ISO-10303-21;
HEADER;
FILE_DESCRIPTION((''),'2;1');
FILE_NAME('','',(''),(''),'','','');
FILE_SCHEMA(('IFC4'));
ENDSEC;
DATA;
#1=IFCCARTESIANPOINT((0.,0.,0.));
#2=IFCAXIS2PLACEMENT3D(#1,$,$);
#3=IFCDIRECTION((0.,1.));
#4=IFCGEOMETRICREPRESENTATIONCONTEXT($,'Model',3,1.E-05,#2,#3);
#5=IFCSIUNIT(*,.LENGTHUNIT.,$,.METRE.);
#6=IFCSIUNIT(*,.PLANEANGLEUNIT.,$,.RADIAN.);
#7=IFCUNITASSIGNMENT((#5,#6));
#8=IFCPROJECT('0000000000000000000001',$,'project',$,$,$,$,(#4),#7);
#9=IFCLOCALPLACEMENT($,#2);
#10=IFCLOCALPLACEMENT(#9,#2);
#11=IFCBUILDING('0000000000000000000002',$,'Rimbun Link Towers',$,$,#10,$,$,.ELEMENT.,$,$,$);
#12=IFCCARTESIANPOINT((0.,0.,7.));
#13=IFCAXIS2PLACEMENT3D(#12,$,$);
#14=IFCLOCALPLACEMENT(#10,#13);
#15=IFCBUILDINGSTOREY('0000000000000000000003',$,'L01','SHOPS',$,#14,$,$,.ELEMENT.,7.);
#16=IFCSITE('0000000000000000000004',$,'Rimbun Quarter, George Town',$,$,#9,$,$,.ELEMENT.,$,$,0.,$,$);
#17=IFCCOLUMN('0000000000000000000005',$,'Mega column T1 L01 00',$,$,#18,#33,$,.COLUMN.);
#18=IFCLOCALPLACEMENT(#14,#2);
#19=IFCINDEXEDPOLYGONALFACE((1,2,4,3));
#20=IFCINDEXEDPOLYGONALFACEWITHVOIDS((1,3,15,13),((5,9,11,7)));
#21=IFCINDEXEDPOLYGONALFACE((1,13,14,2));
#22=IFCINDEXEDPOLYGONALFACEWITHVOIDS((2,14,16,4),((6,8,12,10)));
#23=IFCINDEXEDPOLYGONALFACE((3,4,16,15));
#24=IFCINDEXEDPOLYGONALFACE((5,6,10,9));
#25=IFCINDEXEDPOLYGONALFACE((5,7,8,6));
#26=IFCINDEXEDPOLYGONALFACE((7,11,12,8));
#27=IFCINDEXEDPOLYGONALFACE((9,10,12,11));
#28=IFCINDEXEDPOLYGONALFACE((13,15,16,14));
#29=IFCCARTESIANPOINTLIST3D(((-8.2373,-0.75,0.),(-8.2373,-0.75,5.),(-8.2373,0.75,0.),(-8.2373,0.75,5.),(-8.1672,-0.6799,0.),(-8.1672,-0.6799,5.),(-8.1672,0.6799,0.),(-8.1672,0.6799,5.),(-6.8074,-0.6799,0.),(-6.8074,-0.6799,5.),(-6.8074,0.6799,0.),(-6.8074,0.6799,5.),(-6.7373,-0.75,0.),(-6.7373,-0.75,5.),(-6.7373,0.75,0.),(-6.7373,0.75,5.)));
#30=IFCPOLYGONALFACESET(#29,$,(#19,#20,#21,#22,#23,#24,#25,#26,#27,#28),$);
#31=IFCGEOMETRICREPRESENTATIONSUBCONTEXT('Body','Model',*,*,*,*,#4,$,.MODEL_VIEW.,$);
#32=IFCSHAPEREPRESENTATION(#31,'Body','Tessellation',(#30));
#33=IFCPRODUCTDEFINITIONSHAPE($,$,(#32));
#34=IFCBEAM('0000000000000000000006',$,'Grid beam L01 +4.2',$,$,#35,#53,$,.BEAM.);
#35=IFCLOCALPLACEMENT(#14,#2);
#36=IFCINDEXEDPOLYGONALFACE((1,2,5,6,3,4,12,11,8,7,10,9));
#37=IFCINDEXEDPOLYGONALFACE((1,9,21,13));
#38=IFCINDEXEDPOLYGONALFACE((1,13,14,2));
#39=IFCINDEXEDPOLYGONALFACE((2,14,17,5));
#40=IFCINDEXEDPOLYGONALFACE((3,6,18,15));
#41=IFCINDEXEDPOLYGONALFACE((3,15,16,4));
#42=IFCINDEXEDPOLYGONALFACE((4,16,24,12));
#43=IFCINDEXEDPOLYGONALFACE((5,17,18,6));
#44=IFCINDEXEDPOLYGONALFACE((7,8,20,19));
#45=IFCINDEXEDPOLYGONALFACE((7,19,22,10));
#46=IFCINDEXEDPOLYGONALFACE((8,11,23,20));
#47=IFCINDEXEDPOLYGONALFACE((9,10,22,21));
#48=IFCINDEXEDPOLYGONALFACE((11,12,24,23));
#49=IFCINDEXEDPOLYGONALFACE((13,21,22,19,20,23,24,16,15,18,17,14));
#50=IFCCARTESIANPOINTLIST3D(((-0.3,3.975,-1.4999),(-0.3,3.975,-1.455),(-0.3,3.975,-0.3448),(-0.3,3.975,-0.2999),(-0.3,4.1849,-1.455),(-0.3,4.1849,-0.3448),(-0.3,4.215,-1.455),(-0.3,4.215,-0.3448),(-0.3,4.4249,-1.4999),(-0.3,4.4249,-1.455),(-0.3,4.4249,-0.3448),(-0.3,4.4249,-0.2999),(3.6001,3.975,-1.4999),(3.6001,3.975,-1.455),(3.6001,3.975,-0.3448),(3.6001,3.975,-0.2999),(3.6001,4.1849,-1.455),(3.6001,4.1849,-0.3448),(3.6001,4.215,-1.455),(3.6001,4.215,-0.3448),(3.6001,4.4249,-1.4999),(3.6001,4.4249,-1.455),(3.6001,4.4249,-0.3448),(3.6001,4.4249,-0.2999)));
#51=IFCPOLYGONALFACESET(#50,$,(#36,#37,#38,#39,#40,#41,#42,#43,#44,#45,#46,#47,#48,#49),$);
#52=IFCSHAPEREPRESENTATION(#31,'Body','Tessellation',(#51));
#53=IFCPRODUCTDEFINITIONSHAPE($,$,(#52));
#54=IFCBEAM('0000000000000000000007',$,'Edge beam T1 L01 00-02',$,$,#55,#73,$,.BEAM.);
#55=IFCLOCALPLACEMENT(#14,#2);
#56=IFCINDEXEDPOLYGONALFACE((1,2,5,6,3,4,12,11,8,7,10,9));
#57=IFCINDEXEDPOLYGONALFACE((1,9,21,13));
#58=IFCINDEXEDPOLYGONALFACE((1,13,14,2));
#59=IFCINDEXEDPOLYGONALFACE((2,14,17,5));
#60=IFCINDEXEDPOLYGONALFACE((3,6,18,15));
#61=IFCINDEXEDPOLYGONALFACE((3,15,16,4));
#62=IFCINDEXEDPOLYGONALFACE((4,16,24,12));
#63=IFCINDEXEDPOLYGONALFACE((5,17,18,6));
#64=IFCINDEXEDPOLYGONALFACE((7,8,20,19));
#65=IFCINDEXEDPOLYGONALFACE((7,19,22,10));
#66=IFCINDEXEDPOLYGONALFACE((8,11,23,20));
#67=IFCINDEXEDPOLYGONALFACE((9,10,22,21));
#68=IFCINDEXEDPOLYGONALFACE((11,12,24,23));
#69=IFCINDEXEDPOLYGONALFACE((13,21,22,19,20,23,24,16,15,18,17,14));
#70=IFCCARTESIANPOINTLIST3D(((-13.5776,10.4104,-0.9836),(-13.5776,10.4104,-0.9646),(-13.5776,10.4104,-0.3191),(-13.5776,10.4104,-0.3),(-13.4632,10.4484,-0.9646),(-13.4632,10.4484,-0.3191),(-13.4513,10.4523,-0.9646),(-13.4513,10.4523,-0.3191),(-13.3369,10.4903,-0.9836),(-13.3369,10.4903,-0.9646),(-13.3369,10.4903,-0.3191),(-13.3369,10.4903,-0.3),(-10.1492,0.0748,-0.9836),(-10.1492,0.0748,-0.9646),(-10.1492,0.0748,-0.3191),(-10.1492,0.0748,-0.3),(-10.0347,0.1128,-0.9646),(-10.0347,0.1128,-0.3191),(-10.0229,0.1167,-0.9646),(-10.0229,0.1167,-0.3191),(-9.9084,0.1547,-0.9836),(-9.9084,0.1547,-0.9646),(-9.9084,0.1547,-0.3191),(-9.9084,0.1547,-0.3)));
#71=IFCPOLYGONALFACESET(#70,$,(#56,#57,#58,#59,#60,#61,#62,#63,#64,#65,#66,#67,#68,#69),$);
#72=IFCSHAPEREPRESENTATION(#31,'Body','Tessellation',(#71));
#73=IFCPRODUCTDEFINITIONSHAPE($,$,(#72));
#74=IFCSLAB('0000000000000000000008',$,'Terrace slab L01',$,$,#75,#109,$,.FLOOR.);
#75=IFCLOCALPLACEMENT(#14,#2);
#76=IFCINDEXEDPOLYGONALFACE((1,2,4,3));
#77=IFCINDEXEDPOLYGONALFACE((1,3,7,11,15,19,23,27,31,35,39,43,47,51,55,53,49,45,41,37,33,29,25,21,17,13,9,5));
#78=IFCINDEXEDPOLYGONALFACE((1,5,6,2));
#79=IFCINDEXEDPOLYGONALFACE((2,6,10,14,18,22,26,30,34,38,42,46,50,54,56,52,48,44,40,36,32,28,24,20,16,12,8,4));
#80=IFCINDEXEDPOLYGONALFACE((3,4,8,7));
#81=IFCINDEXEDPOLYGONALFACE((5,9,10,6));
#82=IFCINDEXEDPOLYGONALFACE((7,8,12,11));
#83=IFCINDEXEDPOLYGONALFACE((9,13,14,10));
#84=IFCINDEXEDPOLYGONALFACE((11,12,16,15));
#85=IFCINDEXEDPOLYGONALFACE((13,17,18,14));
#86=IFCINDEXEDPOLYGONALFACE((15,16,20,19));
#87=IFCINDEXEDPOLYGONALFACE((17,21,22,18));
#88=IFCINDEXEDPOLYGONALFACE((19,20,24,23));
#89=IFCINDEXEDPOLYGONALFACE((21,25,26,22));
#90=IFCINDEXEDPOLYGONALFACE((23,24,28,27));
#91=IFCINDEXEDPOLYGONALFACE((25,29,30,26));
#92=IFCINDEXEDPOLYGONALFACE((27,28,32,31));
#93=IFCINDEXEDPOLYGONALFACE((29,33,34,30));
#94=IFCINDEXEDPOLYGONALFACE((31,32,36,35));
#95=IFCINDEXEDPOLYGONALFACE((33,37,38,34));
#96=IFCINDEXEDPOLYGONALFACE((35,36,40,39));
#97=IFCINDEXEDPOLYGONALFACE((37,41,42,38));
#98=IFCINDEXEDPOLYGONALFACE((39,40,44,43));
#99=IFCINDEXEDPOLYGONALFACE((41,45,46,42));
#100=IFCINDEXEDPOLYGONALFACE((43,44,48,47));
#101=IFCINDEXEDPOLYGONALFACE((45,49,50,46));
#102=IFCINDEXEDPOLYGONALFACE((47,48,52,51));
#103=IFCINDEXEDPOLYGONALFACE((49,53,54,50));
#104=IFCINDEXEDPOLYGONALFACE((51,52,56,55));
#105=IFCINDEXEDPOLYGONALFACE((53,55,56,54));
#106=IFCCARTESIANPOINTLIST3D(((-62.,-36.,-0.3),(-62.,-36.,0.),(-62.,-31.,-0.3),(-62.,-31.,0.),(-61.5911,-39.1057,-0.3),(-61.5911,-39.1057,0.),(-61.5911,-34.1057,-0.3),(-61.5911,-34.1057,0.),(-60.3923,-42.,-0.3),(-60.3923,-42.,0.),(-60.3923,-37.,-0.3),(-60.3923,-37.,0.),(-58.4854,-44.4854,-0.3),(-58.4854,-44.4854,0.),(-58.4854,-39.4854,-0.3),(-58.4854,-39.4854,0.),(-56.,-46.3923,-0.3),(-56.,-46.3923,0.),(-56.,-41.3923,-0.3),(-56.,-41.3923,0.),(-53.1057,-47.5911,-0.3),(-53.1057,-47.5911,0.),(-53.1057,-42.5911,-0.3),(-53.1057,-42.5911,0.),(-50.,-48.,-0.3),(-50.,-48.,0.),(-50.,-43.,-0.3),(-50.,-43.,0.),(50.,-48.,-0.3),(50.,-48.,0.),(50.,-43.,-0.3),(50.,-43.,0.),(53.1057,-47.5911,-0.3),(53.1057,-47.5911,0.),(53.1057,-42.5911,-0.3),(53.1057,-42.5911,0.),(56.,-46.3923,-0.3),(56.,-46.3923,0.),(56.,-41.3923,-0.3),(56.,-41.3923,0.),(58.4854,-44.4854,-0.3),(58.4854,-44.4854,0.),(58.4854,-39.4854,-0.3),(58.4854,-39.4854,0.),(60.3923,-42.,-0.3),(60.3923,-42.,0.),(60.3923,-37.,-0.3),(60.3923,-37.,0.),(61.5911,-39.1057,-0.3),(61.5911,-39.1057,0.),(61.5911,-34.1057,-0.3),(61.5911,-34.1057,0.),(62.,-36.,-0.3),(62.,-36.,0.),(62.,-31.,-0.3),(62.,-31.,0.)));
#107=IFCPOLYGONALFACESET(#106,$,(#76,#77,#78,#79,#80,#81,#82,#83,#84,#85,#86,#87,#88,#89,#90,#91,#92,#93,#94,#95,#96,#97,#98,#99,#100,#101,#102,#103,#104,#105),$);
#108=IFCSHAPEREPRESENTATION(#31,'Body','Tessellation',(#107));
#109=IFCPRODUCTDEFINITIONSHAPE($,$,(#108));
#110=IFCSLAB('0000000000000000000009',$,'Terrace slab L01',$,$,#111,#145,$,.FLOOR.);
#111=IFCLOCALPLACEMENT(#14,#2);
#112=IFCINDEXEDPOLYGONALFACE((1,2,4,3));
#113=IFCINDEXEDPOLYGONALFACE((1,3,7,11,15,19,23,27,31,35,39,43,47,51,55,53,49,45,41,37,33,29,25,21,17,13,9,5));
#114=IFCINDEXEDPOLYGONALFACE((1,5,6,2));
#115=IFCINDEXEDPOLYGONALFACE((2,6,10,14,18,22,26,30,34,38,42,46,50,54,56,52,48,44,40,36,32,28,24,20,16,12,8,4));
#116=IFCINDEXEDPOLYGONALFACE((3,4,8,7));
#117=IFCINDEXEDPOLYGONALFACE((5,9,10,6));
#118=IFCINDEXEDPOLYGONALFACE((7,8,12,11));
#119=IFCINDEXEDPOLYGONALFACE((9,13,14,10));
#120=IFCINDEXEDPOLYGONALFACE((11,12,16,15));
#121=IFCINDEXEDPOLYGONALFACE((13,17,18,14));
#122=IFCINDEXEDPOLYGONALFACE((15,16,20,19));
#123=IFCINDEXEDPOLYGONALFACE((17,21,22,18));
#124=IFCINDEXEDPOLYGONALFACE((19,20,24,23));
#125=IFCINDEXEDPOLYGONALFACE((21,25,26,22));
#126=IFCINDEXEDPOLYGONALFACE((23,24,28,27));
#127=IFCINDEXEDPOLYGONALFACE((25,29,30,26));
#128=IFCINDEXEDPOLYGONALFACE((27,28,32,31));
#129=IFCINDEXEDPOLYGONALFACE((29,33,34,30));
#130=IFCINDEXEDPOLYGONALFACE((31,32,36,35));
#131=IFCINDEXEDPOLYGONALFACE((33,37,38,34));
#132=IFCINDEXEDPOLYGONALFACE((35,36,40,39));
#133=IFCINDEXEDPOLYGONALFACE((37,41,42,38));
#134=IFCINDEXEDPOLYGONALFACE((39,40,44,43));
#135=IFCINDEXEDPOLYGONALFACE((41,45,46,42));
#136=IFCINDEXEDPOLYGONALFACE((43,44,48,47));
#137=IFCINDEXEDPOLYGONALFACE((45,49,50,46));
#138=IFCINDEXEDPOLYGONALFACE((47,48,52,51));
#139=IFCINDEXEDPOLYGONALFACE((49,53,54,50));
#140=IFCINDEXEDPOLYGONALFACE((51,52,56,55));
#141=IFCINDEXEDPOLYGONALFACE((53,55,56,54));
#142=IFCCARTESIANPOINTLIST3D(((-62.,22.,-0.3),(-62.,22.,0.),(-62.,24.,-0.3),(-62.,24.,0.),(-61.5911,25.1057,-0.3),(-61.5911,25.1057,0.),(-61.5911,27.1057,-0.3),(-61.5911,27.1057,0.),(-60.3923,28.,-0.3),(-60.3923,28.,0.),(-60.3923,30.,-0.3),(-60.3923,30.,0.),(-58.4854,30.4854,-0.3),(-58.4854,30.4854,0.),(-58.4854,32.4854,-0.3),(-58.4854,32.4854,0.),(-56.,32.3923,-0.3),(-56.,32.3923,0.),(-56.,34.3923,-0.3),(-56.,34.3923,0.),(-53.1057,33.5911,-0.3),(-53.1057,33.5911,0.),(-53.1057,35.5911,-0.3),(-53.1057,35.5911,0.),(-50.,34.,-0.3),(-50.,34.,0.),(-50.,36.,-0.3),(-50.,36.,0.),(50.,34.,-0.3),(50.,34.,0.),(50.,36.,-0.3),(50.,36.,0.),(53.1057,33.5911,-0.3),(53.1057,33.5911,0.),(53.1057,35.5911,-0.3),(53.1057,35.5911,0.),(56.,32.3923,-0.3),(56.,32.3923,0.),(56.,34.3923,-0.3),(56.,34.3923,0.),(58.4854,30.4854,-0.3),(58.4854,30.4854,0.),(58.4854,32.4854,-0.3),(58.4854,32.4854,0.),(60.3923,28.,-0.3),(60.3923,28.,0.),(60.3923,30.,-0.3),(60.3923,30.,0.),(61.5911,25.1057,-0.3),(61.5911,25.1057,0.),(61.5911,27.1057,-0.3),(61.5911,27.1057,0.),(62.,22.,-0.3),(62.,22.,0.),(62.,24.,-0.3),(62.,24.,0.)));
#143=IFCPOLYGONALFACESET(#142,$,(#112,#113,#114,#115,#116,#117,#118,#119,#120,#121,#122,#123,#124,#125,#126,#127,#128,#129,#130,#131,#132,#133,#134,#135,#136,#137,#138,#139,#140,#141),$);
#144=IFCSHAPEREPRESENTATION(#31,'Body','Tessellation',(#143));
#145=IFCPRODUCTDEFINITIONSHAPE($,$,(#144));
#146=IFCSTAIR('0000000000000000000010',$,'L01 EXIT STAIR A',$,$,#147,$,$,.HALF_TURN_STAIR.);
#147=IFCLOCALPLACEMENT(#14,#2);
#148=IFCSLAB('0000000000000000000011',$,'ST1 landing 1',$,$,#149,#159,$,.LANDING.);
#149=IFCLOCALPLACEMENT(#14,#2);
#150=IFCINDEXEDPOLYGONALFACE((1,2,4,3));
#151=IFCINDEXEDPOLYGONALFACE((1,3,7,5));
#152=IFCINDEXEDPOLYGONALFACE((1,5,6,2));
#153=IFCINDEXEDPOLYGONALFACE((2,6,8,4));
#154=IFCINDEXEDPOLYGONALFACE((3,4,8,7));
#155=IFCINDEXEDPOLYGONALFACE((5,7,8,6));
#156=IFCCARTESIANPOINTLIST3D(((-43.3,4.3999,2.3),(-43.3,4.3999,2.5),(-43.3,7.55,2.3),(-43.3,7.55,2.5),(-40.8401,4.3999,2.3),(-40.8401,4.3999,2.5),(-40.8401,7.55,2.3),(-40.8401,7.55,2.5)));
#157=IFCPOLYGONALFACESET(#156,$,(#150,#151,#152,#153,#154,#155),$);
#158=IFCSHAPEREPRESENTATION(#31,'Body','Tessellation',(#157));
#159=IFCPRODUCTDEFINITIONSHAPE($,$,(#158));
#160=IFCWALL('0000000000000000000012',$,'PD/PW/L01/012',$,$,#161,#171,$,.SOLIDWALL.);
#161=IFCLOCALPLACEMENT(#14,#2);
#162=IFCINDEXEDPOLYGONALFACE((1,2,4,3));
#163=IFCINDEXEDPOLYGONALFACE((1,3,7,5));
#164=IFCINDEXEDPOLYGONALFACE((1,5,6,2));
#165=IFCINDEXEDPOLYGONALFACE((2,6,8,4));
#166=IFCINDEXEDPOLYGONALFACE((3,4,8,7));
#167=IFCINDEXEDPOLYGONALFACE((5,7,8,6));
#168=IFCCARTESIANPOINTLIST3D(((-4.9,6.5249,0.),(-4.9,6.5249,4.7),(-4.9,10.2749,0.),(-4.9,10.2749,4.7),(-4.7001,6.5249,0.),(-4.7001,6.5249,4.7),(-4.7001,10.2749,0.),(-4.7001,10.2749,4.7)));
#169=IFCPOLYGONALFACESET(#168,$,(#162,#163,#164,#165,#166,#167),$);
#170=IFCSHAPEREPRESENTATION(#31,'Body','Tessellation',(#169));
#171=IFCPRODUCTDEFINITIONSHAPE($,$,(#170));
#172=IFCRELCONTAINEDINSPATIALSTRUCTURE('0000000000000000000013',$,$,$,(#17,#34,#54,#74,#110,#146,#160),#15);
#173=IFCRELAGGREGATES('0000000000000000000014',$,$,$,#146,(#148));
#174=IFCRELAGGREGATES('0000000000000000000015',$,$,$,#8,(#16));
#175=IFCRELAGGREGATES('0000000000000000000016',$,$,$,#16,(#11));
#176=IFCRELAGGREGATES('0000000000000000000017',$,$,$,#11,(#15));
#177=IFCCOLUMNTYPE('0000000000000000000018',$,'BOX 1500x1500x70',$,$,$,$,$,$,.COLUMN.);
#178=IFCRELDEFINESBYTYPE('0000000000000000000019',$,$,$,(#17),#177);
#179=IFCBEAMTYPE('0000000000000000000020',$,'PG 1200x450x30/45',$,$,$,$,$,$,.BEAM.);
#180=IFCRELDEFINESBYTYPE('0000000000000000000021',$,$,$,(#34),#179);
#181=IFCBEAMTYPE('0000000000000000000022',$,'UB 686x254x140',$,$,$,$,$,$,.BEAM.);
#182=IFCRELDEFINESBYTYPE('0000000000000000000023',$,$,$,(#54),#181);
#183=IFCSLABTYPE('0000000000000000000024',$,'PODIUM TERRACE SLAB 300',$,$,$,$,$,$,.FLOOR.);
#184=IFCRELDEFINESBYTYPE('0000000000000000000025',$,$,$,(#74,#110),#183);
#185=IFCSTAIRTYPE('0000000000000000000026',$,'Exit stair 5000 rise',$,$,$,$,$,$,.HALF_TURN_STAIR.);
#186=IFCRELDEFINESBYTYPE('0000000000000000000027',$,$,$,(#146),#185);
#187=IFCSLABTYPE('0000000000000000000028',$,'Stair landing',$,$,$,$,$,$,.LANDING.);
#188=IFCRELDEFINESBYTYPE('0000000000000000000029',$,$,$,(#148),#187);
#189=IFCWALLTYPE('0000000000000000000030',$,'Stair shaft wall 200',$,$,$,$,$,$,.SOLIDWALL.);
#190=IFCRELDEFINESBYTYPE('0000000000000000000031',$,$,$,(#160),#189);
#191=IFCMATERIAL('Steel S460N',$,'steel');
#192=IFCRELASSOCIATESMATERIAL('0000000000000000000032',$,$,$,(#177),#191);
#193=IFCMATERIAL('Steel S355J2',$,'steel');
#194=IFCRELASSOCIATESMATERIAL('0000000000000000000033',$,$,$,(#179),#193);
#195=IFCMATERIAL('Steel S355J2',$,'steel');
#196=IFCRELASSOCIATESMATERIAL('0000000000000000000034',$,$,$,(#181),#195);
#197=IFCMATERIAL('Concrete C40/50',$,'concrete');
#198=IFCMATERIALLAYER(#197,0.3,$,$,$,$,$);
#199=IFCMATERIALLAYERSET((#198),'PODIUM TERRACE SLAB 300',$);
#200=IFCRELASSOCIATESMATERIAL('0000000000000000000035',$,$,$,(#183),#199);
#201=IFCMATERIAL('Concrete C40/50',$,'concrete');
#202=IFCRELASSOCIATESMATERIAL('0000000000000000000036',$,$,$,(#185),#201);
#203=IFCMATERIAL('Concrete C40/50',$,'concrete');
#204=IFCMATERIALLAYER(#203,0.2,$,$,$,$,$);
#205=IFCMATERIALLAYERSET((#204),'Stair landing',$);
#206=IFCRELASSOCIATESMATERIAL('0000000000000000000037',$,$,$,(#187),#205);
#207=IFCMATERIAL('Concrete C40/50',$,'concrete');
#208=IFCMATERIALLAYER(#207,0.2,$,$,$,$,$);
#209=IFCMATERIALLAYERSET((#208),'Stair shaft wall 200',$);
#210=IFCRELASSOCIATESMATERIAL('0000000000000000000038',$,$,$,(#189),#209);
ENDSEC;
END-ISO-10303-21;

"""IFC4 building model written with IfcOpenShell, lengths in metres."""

from ifc_helpers import new_model, si_unit, direction, frame, frame_2d, origin, origin_2d, place, context, subcontext, project, spatial, polyline, rectangle, hollow_rectangle, i_section, outline, extrude, material, layer, layer_set, material_profile, profile_set, type_object, element, aggregate, save


model = new_model("IFC4")

# Units and contexts
model_context = context("Model", 3, precision=1e-05, world=origin(), true_north=direction((0.0, 1.0)))
body_context = subcontext(model_context, "Body", "Model", "MODEL_VIEW")
ifc_project = project(units=[si_unit("LENGTHUNIT", "METRE"), si_unit("PLANEANGLEUNIT", "RADIAN")], contexts=[model_context])

# Site, building, storey
site_placement = place(None, origin())
site = spatial("IfcSite", under=ifc_project, at=site_placement, Name="Rimbun Quarter, George Town", CompositionType="ELEMENT", RefElevation=0.0)
building_placement = place(site_placement, origin())
building = spatial("IfcBuilding", under=site, at=building_placement, Name="Rimbun Link Towers", CompositionType="ELEMENT")
storey_placement = place(building_placement, frame((0.0, 0.0, 7.0)))
storey = spatial("IfcBuildingStorey", under=building, at=storey_placement, Name="L01", Description="SHOPS", CompositionType="ELEMENT", Elevation=7.0)

# Column
ifc_material_1 = material(Name="Steel S460N", Category="steel")
ifc_material_profile_1 = material_profile(ifc_material_1, hollow_rectangle(XDim=1.5, YDim=1.5, WallThickness=0.0701, at=origin_2d()), Name="BOX 1500x1500x70")
ifc_profile_set_1 = profile_set([ifc_material_profile_1], Name="Steel S460N")
column_type = type_object("IfcColumnType", Name="BOX 1500x1500x70", PredefinedType="COLUMN", material=ifc_profile_set_1)
column_placement = place(storey_placement, frame((-7.4873, 0.0, 0.0), z_axis=(0.0, 0.0, 1.0), x_axis=(1.0, 0.0, 0.0)))
element("IfcColumn", 1, at=column_placement, inside=storey, type_object=column_type, Name="Mega column T1 L01 00", PredefinedType="COLUMN", context=body_context, shape_type="SweptSolid", body=[
    extrude(hollow_rectangle(XDim=1.5, YDim=1.5, WallThickness=0.0701, at=origin_2d()), origin(), (0.0, 0.0, 1.0), 5.0),
])

# Beams
ifc_material_2 = material(Name="Steel S355J2", Category="steel")
ifc_material_profile_2 = material_profile(ifc_material_2, i_section(OverallWidth=0.45, OverallDepth=1.2, WebThickness=0.03, FlangeThickness=0.0449, at=origin_2d()), Name="PG 1200x450x30/45")
ifc_profile_set_2 = profile_set([ifc_material_profile_2], Name="Steel S355J2")
beam_type_1 = type_object("IfcBeamType", Name="PG 1200x450x30/45", PredefinedType="BEAM", material=ifc_profile_set_2)
beam_1_placement = place(storey_placement, frame((-0.3, 4.2, -0.8999), z_axis=(1.0, 0.0, 0.0), x_axis=(0.0, 1.0, 0.0)))
element("IfcBeam", 2, at=beam_1_placement, inside=storey, type_object=beam_type_1, Name="Grid beam L01 +4.2", PredefinedType="BEAM", context=body_context, shape_type="SweptSolid", body=[
    extrude(i_section(OverallWidth=0.45, OverallDepth=1.2, WebThickness=0.03, FlangeThickness=0.0449, at=origin_2d()), origin(), (0.0, 0.0, 1.0), 3.9001),
])
ifc_material_3 = material(Name="Steel S355J2", Category="steel")
ifc_material_profile_3 = material_profile(ifc_material_3, i_section(OverallWidth=0.2537, OverallDepth=0.6836, WebThickness=0.0125, FlangeThickness=0.019, at=origin_2d()), Name="UB 686x254x140")
ifc_profile_set_3 = profile_set([ifc_material_profile_3], Name="Steel S355J2")
beam_type_2 = type_object("IfcBeamType", Name="UB 686x254x140", PredefinedType="BEAM", material=ifc_profile_set_3)
beam_2_placement = place(storey_placement, frame((-10.0288, 0.1147, -0.6418), z_axis=(-0.314842, 0.949144, 0.0), x_axis=(-0.949144, -0.314842, 0.0)))
element("IfcBeam", 3, at=beam_2_placement, inside=storey, type_object=beam_type_2, Name="Edge beam T1 L01 00-02", PredefinedType="BEAM", context=body_context, shape_type="SweptSolid", body=[
    extrude(i_section(OverallWidth=0.2537, OverallDepth=0.6836, WebThickness=0.0125, FlangeThickness=0.019, at=origin_2d()), origin(), (0.0, 0.0, 1.0), 10.8894),
])

# Slabs
ifc_material_4 = material(Name="Concrete C40/50", Category="concrete")
ifc_layer_1 = layer(ifc_material_4, 0.3)
ifc_layer_set_1 = layer_set([ifc_layer_1], Name="PODIUM TERRACE SLAB 300")
slab_type_1 = type_object("IfcSlabType", Name="PODIUM TERRACE SLAB 300", PredefinedType="FLOOR", material=ifc_layer_set_1)
slab_1_placement = place(storey_placement, frame((0.0, 0.0, -0.3)))
element("IfcSlab", 4, at=slab_1_placement, inside=storey, type_object=slab_type_1, Name="Terrace slab L01", PredefinedType="FLOOR", context=body_context, shape_type="SweptSolid", body=[
    extrude(outline(polyline([(61.5911, -39.1057), (60.3923, -42.0), (58.4854, -44.4854), (56.0, -46.3923), (53.1057, -47.5911), (50.0, -48.0), (-50.0, -48.0), (-53.1057, -47.5911), (-56.0, -46.3923), (-58.4854, -44.4854), (-60.3923, -42.0), (-61.5911, -39.1057), (-62.0, -36.0), (-62.0, -31.0), (-61.5911, -34.1057), (-60.3923, -37.0), (-58.4854, -39.4854), (-56.0, -41.3923), (-53.1057, -42.5911), (-50.0, -43.0), (50.0, -43.0), (53.1057, -42.5911), (56.0, -41.3923), (58.4854, -39.4854), (60.3923, -37.0), (61.5911, -34.1057), (62.0, -31.0), (62.0, -36.0), (61.5911, -39.1057)])), origin(), (0.0, 0.0, 1.0), 0.3),
])
slab_2_placement = place(storey_placement, frame((0.0, 0.0, -0.3)))
element("IfcSlab", 5, at=slab_2_placement, inside=storey, type_object=slab_type_1, Name="Terrace slab L01", PredefinedType="FLOOR", context=body_context, shape_type="SweptSolid", body=[
    extrude(outline(polyline([(-61.5911, 27.1057), (-60.3923, 30.0), (-58.4854, 32.4854), (-56.0, 34.3923), (-53.1057, 35.5911), (-50.0, 36.0), (50.0, 36.0), (53.1057, 35.5911), (56.0, 34.3923), (58.4854, 32.4854), (60.3923, 30.0), (61.5911, 27.1057), (62.0, 24.0), (62.0, 22.0), (61.5911, 25.1057), (60.3923, 28.0), (58.4854, 30.4854), (56.0, 32.3923), (53.1057, 33.5911), (50.0, 34.0), (-50.0, 34.0), (-53.1057, 33.5911), (-56.0, 32.3923), (-58.4854, 30.4854), (-60.3923, 28.0), (-61.5911, 25.1057), (-62.0, 22.0), (-62.0, 24.0), (-61.5911, 27.1057)])), origin(), (0.0, 0.0, 1.0), 0.3),
])

# Stair, slab
ifc_material_5 = material(Name="Concrete C40/50", Category="concrete")
stair_type_1 = type_object("IfcStairType", Name="Exit stair 5000 rise", PredefinedType="HALF_TURN_STAIR", material=ifc_material_5)
stair_1_placement = place(storey_placement, origin())
stair_1 = element("IfcStair", 6, at=stair_1_placement, inside=storey, type_object=stair_type_1, Name="L01 EXIT STAIR A", PredefinedType="HALF_TURN_STAIR")
ifc_material_6 = material(Name="Concrete C40/50", Category="concrete")
ifc_layer_2 = layer(ifc_material_6, 0.2)
ifc_layer_set_2 = layer_set([ifc_layer_2], Name="Stair landing")
slab_type_2 = type_object("IfcSlabType", Name="Stair landing", PredefinedType="LANDING", material=ifc_layer_set_2)
slab_3_placement = place(storey_placement, frame((0.0, 0.0, 2.3)))
slab_3 = element("IfcSlab", 7, at=slab_3_placement, type_object=slab_type_2, Name="ST1 landing 1", PredefinedType="LANDING", context=body_context, shape_type="SweptSolid", body=[
    extrude(outline(polyline([(-40.8401, 7.55), (-43.3, 7.55), (-43.3, 4.3999), (-40.8401, 4.3999), (-40.8401, 7.55)])), origin(), (0.0, 0.0, 1.0), 0.2),
])
aggregate(stair_1, [slab_3])

# Wall
ifc_material_7 = material(Name="Concrete C40/50", Category="concrete")
ifc_layer_3 = layer(ifc_material_7, 0.2)
ifc_layer_set_3 = layer_set([ifc_layer_3], Name="Stair shaft wall 200")
wall_type = type_object("IfcWallType", Name="Stair shaft wall 200", PredefinedType="SOLIDWALL", material=ifc_layer_set_3)
wall_1_placement = place(storey_placement, frame((-4.8, 6.5249, 0.0), z_axis=(0.0, 0.0, 1.0), x_axis=(0.0, 1.0, 0.0)))
element("IfcWall", 8, at=wall_1_placement, inside=storey, type_object=wall_type, Name="PD/PW/L01/012", PredefinedType="SOLIDWALL", context=body_context, shape_type="SweptSolid", body=[
    extrude(rectangle(XDim=3.75, YDim=0.2, at=frame_2d((1.875, 0.0))), origin(), (0.0, 0.0, 1.0), 4.7),
])

save(model, "model.ifc")
